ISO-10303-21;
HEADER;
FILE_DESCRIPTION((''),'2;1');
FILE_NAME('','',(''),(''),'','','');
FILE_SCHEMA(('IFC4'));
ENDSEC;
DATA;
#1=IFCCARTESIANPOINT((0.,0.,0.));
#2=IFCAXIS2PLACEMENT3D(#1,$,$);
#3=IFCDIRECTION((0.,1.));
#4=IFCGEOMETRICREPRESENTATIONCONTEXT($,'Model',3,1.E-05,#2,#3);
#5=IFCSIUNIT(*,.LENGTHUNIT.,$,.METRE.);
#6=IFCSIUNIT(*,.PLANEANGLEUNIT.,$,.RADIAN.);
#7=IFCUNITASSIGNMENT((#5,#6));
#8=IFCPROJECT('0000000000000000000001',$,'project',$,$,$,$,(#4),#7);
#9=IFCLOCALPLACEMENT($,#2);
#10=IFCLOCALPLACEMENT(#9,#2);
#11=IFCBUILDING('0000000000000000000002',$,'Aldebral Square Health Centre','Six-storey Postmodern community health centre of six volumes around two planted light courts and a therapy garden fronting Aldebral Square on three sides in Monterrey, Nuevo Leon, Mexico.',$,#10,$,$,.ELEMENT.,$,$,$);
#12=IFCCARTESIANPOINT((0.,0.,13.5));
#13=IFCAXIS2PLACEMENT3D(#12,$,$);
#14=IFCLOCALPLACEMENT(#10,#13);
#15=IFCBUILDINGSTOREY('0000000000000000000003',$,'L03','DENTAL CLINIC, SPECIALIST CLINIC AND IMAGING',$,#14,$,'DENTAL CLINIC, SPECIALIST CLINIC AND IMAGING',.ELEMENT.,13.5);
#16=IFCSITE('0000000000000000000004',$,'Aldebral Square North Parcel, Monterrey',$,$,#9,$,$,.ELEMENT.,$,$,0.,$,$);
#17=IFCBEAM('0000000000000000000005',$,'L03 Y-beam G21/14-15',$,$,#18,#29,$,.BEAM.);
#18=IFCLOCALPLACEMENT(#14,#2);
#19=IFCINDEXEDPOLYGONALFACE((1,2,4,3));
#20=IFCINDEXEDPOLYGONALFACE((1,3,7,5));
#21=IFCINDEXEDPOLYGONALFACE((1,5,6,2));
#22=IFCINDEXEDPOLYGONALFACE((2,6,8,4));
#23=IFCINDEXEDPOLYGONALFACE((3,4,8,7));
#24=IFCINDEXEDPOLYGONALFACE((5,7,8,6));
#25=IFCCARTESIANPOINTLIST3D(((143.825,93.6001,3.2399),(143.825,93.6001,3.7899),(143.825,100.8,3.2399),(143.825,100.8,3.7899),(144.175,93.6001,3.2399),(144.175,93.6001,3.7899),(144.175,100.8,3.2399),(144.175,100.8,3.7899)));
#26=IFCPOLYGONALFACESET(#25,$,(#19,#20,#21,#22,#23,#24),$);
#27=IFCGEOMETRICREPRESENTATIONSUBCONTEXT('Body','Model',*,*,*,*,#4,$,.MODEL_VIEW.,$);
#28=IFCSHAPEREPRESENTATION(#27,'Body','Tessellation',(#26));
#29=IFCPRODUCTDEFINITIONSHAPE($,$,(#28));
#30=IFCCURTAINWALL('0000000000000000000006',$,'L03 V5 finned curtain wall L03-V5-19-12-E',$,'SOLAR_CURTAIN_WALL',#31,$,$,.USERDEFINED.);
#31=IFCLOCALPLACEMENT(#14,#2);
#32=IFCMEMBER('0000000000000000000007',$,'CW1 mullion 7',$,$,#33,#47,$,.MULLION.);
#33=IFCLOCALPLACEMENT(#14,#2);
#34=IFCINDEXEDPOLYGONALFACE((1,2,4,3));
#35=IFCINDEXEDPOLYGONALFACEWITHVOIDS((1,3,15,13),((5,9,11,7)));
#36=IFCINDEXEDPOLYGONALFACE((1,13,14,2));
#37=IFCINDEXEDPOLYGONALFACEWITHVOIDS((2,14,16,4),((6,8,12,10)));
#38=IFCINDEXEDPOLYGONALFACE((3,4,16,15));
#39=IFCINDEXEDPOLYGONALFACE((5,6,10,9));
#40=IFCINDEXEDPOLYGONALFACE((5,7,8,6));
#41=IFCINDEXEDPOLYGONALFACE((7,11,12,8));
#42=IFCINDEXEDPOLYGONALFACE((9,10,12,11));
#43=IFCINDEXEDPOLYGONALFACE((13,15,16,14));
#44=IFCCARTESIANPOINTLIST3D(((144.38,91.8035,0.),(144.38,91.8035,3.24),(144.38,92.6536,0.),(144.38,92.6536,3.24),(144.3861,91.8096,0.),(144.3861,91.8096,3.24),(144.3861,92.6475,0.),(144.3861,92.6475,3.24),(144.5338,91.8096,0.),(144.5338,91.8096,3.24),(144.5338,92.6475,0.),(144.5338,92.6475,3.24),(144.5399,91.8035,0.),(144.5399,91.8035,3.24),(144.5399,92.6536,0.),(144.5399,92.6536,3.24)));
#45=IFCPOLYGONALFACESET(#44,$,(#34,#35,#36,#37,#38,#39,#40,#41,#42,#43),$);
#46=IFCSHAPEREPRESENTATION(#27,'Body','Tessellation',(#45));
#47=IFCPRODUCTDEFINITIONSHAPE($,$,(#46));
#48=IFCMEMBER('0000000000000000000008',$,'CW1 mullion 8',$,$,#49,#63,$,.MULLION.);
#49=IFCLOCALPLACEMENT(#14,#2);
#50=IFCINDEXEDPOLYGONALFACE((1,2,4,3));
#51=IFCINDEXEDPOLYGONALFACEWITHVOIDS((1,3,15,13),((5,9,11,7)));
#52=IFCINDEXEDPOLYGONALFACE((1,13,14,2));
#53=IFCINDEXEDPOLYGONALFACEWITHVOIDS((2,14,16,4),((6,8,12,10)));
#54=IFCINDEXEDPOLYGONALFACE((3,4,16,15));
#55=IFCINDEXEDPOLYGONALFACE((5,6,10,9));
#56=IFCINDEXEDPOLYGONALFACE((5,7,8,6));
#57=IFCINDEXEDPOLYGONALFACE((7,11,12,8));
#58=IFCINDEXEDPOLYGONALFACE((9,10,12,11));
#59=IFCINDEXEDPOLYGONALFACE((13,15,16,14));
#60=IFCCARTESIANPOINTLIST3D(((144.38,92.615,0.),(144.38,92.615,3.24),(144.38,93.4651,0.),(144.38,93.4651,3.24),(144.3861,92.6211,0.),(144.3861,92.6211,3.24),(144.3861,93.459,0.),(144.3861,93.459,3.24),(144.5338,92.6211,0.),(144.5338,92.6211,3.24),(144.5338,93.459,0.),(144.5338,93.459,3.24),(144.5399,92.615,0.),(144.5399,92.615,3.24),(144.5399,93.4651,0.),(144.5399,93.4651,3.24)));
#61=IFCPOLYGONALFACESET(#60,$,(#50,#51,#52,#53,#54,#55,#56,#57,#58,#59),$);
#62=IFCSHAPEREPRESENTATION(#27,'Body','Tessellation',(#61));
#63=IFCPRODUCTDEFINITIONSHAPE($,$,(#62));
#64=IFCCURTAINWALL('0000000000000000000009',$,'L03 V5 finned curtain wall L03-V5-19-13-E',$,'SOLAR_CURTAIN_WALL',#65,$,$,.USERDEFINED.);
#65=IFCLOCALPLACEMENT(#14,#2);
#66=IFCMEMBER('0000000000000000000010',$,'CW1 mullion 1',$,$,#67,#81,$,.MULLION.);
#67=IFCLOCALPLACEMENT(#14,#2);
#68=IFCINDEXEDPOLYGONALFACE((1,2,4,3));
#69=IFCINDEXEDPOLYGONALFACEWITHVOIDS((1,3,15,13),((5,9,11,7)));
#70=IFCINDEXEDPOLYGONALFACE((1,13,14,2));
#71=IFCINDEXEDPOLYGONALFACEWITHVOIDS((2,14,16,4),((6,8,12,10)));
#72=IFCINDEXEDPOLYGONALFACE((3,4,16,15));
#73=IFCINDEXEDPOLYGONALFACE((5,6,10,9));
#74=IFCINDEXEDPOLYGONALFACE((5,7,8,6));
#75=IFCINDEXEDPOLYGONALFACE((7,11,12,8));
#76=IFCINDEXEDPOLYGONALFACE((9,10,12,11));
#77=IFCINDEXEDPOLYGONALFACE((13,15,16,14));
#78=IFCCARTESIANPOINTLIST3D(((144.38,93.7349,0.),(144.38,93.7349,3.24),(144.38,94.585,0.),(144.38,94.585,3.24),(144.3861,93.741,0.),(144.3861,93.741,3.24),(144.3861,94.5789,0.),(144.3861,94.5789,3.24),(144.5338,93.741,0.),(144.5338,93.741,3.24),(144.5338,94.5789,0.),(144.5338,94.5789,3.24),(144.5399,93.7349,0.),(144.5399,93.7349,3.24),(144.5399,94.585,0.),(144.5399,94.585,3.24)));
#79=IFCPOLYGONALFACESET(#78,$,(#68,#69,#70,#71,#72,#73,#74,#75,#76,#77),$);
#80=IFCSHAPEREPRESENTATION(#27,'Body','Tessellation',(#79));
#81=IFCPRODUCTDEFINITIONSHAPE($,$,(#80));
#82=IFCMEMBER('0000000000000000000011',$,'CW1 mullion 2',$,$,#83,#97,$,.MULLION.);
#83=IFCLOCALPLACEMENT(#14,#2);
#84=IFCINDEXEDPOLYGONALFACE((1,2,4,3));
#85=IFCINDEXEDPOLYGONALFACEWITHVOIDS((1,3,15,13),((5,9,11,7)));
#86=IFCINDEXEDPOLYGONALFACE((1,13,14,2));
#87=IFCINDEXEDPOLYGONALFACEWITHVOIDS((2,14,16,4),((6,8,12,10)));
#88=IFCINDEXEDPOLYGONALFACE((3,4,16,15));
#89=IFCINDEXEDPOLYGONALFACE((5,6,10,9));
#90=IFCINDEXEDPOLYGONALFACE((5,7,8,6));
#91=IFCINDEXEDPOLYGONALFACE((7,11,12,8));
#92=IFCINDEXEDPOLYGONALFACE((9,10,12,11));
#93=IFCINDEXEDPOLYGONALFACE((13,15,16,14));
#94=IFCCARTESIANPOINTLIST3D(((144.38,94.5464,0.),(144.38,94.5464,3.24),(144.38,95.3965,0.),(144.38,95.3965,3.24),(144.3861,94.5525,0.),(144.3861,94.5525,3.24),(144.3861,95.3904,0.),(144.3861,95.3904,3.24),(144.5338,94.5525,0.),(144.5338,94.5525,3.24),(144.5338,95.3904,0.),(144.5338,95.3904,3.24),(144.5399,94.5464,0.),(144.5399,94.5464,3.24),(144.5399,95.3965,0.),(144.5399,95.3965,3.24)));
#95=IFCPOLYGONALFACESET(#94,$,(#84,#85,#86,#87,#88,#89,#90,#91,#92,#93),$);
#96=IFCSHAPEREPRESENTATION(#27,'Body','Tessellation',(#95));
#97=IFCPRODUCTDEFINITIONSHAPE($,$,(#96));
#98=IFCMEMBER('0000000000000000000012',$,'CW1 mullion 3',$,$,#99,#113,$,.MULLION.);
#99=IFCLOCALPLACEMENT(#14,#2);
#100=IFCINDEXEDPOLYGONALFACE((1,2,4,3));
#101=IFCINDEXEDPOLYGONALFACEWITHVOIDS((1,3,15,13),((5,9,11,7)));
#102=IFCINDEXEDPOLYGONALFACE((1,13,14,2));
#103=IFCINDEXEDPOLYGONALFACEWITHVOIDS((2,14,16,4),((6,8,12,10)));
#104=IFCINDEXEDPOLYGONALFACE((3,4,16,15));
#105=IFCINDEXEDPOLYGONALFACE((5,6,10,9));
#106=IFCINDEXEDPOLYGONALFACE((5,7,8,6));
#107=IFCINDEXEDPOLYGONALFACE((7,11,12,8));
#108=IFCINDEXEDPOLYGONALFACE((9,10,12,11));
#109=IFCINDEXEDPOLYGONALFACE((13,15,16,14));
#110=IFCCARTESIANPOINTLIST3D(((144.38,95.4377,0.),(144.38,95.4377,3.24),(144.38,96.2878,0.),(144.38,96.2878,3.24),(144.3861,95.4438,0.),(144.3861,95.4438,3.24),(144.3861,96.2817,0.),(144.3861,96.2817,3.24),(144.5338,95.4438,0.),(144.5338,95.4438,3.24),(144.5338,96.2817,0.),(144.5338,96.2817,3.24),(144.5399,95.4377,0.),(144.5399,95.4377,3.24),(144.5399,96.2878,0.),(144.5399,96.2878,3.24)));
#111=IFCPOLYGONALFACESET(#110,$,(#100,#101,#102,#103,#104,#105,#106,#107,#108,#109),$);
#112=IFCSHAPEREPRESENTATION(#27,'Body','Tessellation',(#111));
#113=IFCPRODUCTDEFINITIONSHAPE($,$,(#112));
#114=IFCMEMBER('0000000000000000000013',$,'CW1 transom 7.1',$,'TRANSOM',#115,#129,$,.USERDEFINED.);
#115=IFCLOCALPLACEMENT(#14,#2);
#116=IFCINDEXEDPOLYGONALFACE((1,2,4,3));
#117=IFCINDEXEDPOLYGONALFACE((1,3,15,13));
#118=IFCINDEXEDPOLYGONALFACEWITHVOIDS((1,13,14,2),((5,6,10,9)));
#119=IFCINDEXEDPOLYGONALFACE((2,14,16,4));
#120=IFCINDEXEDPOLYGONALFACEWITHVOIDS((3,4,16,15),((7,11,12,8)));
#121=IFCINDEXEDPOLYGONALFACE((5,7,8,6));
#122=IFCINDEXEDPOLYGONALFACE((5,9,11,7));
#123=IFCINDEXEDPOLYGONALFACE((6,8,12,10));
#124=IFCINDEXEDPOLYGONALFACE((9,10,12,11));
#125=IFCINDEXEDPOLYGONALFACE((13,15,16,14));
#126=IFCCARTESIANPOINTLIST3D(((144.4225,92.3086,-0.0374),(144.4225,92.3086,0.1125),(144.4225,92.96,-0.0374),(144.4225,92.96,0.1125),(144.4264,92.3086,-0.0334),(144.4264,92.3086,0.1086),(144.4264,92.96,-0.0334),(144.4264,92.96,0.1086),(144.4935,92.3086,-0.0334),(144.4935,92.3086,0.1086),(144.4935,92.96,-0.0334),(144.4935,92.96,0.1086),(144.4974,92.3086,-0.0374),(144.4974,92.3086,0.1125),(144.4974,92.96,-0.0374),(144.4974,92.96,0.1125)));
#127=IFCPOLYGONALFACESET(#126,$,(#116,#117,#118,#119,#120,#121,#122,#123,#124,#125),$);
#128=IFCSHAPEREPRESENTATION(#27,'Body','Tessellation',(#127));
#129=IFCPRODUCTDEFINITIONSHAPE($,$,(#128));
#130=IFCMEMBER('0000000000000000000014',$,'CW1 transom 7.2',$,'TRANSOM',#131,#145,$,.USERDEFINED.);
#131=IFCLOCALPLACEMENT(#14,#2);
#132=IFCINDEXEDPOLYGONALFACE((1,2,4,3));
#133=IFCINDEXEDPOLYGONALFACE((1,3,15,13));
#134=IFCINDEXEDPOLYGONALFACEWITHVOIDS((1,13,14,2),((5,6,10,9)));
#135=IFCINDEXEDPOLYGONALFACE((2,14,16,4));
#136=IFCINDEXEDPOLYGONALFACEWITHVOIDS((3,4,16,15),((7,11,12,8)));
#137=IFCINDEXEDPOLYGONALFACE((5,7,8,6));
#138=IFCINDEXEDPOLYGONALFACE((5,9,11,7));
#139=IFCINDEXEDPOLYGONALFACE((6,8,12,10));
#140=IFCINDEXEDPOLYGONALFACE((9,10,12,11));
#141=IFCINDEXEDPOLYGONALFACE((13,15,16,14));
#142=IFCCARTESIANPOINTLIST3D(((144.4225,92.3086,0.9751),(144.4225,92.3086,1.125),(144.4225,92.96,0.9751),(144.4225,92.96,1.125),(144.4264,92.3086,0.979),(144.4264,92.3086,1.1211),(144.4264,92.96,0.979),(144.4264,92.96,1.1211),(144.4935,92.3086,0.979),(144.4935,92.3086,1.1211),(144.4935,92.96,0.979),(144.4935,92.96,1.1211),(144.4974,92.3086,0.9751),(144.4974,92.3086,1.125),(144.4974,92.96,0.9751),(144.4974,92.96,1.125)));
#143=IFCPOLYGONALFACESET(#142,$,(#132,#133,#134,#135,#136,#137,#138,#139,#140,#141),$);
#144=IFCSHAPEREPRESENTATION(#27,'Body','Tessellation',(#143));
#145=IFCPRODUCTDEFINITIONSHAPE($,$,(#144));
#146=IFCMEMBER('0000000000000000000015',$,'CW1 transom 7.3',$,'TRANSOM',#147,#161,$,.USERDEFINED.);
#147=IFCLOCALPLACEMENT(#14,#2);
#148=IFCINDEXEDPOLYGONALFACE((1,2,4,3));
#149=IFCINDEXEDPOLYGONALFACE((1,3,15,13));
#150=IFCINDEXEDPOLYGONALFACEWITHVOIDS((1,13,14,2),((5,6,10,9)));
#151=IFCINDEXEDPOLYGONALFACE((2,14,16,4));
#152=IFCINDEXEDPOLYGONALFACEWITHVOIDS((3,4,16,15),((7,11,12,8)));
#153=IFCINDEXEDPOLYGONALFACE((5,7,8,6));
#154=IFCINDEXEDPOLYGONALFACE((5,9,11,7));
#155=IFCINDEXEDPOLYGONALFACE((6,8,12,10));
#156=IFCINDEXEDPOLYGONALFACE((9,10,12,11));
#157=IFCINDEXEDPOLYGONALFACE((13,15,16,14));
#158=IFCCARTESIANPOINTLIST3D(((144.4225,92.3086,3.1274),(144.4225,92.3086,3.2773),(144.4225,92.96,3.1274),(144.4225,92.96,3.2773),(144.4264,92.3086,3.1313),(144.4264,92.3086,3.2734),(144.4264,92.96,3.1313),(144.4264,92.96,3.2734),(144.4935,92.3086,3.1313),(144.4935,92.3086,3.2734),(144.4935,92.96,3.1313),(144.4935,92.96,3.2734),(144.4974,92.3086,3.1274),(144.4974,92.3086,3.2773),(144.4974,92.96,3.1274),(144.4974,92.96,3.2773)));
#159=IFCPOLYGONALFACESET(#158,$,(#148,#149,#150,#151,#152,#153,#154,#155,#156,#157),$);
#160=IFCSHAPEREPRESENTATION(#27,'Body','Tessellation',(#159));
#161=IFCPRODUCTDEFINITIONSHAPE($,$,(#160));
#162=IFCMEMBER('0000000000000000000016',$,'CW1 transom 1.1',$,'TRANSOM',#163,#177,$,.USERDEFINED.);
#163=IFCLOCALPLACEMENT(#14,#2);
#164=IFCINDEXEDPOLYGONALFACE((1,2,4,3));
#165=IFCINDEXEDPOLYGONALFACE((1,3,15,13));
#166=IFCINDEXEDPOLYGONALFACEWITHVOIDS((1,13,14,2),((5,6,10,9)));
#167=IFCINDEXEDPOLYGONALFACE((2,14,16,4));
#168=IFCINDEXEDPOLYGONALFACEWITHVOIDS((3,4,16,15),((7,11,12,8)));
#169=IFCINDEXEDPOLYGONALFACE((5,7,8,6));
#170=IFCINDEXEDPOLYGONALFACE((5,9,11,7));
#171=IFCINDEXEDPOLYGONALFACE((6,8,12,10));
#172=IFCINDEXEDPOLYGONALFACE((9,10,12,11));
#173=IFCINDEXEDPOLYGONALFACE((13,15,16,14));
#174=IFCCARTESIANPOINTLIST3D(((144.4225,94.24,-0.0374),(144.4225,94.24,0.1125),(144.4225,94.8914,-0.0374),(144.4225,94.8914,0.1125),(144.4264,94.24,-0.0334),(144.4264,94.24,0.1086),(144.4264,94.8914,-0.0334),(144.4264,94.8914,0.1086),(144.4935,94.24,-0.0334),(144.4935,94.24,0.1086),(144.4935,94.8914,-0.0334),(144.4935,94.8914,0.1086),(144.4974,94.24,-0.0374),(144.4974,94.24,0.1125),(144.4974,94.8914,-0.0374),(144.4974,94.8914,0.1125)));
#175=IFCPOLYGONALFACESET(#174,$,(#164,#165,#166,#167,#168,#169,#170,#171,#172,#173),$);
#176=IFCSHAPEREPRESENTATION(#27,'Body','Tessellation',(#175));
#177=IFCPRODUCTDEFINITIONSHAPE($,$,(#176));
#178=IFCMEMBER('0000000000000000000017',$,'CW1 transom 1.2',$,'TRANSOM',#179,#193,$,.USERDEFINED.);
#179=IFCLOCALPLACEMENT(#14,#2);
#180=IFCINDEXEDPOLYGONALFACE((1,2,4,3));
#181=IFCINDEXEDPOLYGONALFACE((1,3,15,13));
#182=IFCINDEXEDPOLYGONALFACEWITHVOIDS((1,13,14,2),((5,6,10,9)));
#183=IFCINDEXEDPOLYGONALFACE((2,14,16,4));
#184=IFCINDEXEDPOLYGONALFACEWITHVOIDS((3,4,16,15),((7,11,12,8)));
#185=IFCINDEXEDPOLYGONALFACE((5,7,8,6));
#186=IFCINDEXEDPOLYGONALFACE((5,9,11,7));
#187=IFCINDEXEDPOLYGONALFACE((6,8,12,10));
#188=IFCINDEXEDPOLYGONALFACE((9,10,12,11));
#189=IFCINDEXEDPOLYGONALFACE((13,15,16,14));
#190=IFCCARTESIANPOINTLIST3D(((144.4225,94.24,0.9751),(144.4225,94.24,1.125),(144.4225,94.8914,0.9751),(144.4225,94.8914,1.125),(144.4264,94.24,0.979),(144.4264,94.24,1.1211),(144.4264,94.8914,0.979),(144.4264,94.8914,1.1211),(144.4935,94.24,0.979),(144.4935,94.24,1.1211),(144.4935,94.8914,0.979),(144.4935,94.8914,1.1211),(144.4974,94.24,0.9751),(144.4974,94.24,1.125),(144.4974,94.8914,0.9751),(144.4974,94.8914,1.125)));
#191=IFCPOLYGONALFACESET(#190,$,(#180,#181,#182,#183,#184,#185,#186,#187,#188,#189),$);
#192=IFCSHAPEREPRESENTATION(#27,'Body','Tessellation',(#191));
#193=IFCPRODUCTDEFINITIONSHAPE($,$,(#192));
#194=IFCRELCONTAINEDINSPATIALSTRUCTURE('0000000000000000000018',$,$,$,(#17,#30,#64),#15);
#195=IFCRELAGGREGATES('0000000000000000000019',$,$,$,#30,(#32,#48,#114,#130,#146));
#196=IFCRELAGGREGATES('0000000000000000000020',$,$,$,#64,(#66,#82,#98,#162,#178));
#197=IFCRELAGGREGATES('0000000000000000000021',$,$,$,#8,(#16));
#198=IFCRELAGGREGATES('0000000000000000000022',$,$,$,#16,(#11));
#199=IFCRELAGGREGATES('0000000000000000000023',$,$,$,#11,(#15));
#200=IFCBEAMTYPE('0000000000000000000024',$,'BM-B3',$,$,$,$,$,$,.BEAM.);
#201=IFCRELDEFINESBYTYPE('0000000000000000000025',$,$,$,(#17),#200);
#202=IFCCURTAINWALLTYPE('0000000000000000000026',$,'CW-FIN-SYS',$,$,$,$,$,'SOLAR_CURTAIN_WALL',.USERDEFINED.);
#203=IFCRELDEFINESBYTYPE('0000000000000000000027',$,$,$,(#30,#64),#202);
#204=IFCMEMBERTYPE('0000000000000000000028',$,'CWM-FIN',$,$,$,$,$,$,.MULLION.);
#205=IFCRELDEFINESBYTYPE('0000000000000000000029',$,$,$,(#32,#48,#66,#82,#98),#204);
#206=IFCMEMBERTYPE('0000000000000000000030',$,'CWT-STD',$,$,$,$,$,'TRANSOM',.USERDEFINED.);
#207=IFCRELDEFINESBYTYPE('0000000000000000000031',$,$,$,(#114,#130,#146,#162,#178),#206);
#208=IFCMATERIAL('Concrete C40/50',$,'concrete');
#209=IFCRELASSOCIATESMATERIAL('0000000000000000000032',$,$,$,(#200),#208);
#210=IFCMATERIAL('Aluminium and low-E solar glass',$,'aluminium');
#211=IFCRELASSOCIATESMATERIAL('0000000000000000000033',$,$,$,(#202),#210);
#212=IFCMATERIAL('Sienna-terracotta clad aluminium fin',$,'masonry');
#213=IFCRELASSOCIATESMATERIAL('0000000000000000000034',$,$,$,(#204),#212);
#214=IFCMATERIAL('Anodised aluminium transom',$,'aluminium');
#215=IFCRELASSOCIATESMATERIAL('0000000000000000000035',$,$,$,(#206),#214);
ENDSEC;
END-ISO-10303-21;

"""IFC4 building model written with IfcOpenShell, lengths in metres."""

from ifc_helpers import new_model, si_unit, direction, frame, origin, origin_2d, place, context, subcontext, project, spatial, rectangle, hollow_rectangle, extrude, material, material_profile, profile_set, type_object, element, aggregate, save


model = new_model("IFC4")

# Units and contexts
model_context = context("Model", 3, precision=1e-05, world=origin(), true_north=direction((0.0, 1.0)))
body_context = subcontext(model_context, "Body", "Model", "MODEL_VIEW")
ifc_project = project(units=[si_unit("LENGTHUNIT", "METRE"), si_unit("PLANEANGLEUNIT", "RADIAN")], contexts=[model_context])

# Site, building, storey
site_placement = place(None, origin())
site = spatial("IfcSite", under=ifc_project, at=site_placement, Name="Aldebral Square North Parcel, Monterrey", CompositionType="ELEMENT", RefElevation=0.0)
building_placement = place(site_placement, origin())
building = spatial("IfcBuilding", under=site, at=building_placement, Name="Aldebral Square Health Centre", Description="Six-storey Postmodern community health centre of six volumes around two planted light courts and a therapy garden fronting Aldebral Square on three sides in Monterrey, Nuevo Leon, Mexico.", CompositionType="ELEMENT")
storey_placement = place(building_placement, frame((0.0, 0.0, 13.5)))
storey = spatial("IfcBuildingStorey", under=building, at=storey_placement, Name="L03", Description="DENTAL CLINIC, SPECIALIST CLINIC AND IMAGING", LongName="DENTAL CLINIC, SPECIALIST CLINIC AND IMAGING", CompositionType="ELEMENT", Elevation=13.5)

# Beam
ifc_material_1 = material(Name="Concrete C40/50", Category="concrete")
ifc_material_profile_1 = material_profile(ifc_material_1, rectangle(XDim=0.3501, YDim=0.55, at=origin_2d()), Name="RC 350x550")
ifc_profile_set_1 = profile_set([ifc_material_profile_1], Name="Concrete C40/50")
beam_type = type_object("IfcBeamType", Name="BM-B3", PredefinedType="BEAM", material=ifc_profile_set_1)
beam_placement = place(storey_placement, frame((144.0, 93.6001, 3.5149), z_axis=(0.0, 1.0, 0.0), x_axis=(-1.0, 0.0, 0.0)))
element("IfcBeam", 1, at=beam_placement, inside=storey, type_object=beam_type, Name="L03 Y-beam G21/14-15", PredefinedType="BEAM", context=body_context, shape_type="SweptSolid", body=[
    extrude(rectangle(XDim=0.3501, YDim=0.55, at=origin_2d()), origin(), (0.0, 0.0, 1.0), 7.2),
])

# Curtain walls, members
ifc_material_2 = material(Name="Aluminium and low-E solar glass", Category="aluminium")
curtain_wall_type = type_object("IfcCurtainWallType", Name="CW-FIN-SYS", ElementType="SOLAR_CURTAIN_WALL", PredefinedType="USERDEFINED", material=ifc_material_2)
curtain_wall_1_placement = place(storey_placement, origin())
curtain_wall_1 = element("IfcCurtainWall", 2, at=curtain_wall_1_placement, inside=storey, type_object=curtain_wall_type, Name="L03 V5 finned curtain wall L03-V5-19-12-E", ObjectType="SOLAR_CURTAIN_WALL", PredefinedType="USERDEFINED")
ifc_material_3 = material(Name="Sienna-terracotta clad aluminium fin", Category="masonry")
ifc_material_profile_2 = material_profile(ifc_material_3, hollow_rectangle(XDim=0.1599, YDim=0.8501, WallThickness=0.0061, at=origin_2d()), Name="FIN 160x850x6")
ifc_profile_set_2 = profile_set([ifc_material_profile_2], Name="Sienna-terracotta clad aluminium fin")
member_type_1 = type_object("IfcMemberType", Name="CWM-FIN", PredefinedType="MULLION", material=ifc_profile_set_2)
member_1_placement = place(storey_placement, frame((144.46, 92.2285, 0.0), z_axis=(0.0, 0.0, 1.0), x_axis=(-1.0, 0.0, 0.0)))
member_1 = element("IfcMember", 3, at=member_1_placement, type_object=member_type_1, Name="CW1 mullion 7", PredefinedType="MULLION", context=body_context, shape_type="SweptSolid", body=[
    extrude(hollow_rectangle(XDim=0.1599, YDim=0.8501, WallThickness=0.0061, at=origin_2d()), origin(), (0.0, 0.0, 1.0), 3.24),
])
member_2_placement = place(storey_placement, frame((144.46, 93.04, 0.0), z_axis=(0.0, 0.0, 1.0), x_axis=(-1.0, 0.0, 0.0)))
member_2 = element("IfcMember", 4, at=member_2_placement, type_object=member_type_1, Name="CW1 mullion 8", PredefinedType="MULLION", context=body_context, shape_type="SweptSolid", body=[
    extrude(hollow_rectangle(XDim=0.1599, YDim=0.8501, WallThickness=0.0061, at=origin_2d()), origin(), (0.0, 0.0, 1.0), 3.24),
])
curtain_wall_2_placement = place(storey_placement, origin())
curtain_wall_2 = element("IfcCurtainWall", 5, at=curtain_wall_2_placement, inside=storey, type_object=curtain_wall_type, Name="L03 V5 finned curtain wall L03-V5-19-13-E", ObjectType="SOLAR_CURTAIN_WALL", PredefinedType="USERDEFINED")
member_3_placement = place(storey_placement, frame((144.46, 94.1599, 0.0), z_axis=(0.0, 0.0, 1.0), x_axis=(-1.0, 0.0, 0.0)))
member_3 = element("IfcMember", 6, at=member_3_placement, type_object=member_type_1, Name="CW1 mullion 1", PredefinedType="MULLION", context=body_context, shape_type="SweptSolid", body=[
    extrude(hollow_rectangle(XDim=0.1599, YDim=0.8501, WallThickness=0.0061, at=origin_2d()), origin(), (0.0, 0.0, 1.0), 3.24),
])
member_4_placement = place(storey_placement, frame((144.46, 94.9714, 0.0), z_axis=(0.0, 0.0, 1.0), x_axis=(-1.0, 0.0, 0.0)))
member_4 = element("IfcMember", 7, at=member_4_placement, type_object=member_type_1, Name="CW1 mullion 2", PredefinedType="MULLION", context=body_context, shape_type="SweptSolid", body=[
    extrude(hollow_rectangle(XDim=0.1599, YDim=0.8501, WallThickness=0.0061, at=origin_2d()), origin(), (0.0, 0.0, 1.0), 3.24),
])
member_5_placement = place(storey_placement, frame((144.46, 95.8628, 0.0), z_axis=(0.0, 0.0, 1.0), x_axis=(-1.0, 0.0, 0.0)))
member_5 = element("IfcMember", 8, at=member_5_placement, type_object=member_type_1, Name="CW1 mullion 3", PredefinedType="MULLION", context=body_context, shape_type="SweptSolid", body=[
    extrude(hollow_rectangle(XDim=0.1599, YDim=0.8501, WallThickness=0.0061, at=origin_2d()), origin(), (0.0, 0.0, 1.0), 3.24),
])

# Members
ifc_material_4 = material(Name="Anodised aluminium transom", Category="aluminium")
ifc_material_profile_3 = material_profile(ifc_material_4, hollow_rectangle(XDim=0.075, YDim=0.1499, WallThickness=0.0039, at=origin_2d()), Name="CWT 75x150x4")
ifc_profile_set_3 = profile_set([ifc_material_profile_3], Name="Anodised aluminium transom")
member_type_2 = type_object("IfcMemberType", Name="CWT-STD", ElementType="TRANSOM", PredefinedType="USERDEFINED", material=ifc_profile_set_3)
member_6_placement = place(storey_placement, frame((144.46, 92.3086, 0.0376), z_axis=(0.0, 1.0, 0.0), x_axis=(-1.0, 0.0, 0.0)))
member_6 = element("IfcMember", 9, at=member_6_placement, type_object=member_type_2, Name="CW1 transom 7.1", ObjectType="TRANSOM", PredefinedType="USERDEFINED", context=body_context, shape_type="SweptSolid", body=[
    extrude(hollow_rectangle(XDim=0.075, YDim=0.1499, WallThickness=0.0039, at=origin_2d()), origin(), (0.0, 0.0, 1.0), 0.6514),
])
member_7_placement = place(storey_placement, frame((144.46, 92.3086, 1.05), z_axis=(0.0, 1.0, 0.0), x_axis=(-1.0, 0.0, 0.0)))
member_7 = element("IfcMember", 10, at=member_7_placement, type_object=member_type_2, Name="CW1 transom 7.2", ObjectType="TRANSOM", PredefinedType="USERDEFINED", context=body_context, shape_type="SweptSolid", body=[
    extrude(hollow_rectangle(XDim=0.075, YDim=0.1499, WallThickness=0.0039, at=origin_2d()), origin(), (0.0, 0.0, 1.0), 0.6514),
])
member_8_placement = place(storey_placement, frame((144.46, 92.3086, 3.2024), z_axis=(0.0, 1.0, 0.0), x_axis=(-1.0, 0.0, 0.0)))
member_8 = element("IfcMember", 11, at=member_8_placement, type_object=member_type_2, Name="CW1 transom 7.3", ObjectType="TRANSOM", PredefinedType="USERDEFINED", context=body_context, shape_type="SweptSolid", body=[
    extrude(hollow_rectangle(XDim=0.075, YDim=0.1499, WallThickness=0.0039, at=origin_2d()), origin(), (0.0, 0.0, 1.0), 0.6514),
])
member_9_placement = place(storey_placement, frame((144.46, 94.24, 0.0376), z_axis=(0.0, 1.0, 0.0), x_axis=(-1.0, 0.0, 0.0)))
member_9 = element("IfcMember", 12, at=member_9_placement, type_object=member_type_2, Name="CW1 transom 1.1", ObjectType="TRANSOM", PredefinedType="USERDEFINED", context=body_context, shape_type="SweptSolid", body=[
    extrude(hollow_rectangle(XDim=0.075, YDim=0.1499, WallThickness=0.0039, at=origin_2d()), origin(), (0.0, 0.0, 1.0), 0.6514),
])
member_10_placement = place(storey_placement, frame((144.46, 94.24, 1.05), z_axis=(0.0, 1.0, 0.0), x_axis=(-1.0, 0.0, 0.0)))
member_10 = element("IfcMember", 13, at=member_10_placement, type_object=member_type_2, Name="CW1 transom 1.2", ObjectType="TRANSOM", PredefinedType="USERDEFINED", context=body_context, shape_type="SweptSolid", body=[
    extrude(hollow_rectangle(XDim=0.075, YDim=0.1499, WallThickness=0.0039, at=origin_2d()), origin(), (0.0, 0.0, 1.0), 0.6514),
])

aggregate(curtain_wall_1, [member_1, member_2, member_6, member_7, member_8])
aggregate(curtain_wall_2, [member_3, member_4, member_5, member_9, member_10])

save(model, "model.ifc")
